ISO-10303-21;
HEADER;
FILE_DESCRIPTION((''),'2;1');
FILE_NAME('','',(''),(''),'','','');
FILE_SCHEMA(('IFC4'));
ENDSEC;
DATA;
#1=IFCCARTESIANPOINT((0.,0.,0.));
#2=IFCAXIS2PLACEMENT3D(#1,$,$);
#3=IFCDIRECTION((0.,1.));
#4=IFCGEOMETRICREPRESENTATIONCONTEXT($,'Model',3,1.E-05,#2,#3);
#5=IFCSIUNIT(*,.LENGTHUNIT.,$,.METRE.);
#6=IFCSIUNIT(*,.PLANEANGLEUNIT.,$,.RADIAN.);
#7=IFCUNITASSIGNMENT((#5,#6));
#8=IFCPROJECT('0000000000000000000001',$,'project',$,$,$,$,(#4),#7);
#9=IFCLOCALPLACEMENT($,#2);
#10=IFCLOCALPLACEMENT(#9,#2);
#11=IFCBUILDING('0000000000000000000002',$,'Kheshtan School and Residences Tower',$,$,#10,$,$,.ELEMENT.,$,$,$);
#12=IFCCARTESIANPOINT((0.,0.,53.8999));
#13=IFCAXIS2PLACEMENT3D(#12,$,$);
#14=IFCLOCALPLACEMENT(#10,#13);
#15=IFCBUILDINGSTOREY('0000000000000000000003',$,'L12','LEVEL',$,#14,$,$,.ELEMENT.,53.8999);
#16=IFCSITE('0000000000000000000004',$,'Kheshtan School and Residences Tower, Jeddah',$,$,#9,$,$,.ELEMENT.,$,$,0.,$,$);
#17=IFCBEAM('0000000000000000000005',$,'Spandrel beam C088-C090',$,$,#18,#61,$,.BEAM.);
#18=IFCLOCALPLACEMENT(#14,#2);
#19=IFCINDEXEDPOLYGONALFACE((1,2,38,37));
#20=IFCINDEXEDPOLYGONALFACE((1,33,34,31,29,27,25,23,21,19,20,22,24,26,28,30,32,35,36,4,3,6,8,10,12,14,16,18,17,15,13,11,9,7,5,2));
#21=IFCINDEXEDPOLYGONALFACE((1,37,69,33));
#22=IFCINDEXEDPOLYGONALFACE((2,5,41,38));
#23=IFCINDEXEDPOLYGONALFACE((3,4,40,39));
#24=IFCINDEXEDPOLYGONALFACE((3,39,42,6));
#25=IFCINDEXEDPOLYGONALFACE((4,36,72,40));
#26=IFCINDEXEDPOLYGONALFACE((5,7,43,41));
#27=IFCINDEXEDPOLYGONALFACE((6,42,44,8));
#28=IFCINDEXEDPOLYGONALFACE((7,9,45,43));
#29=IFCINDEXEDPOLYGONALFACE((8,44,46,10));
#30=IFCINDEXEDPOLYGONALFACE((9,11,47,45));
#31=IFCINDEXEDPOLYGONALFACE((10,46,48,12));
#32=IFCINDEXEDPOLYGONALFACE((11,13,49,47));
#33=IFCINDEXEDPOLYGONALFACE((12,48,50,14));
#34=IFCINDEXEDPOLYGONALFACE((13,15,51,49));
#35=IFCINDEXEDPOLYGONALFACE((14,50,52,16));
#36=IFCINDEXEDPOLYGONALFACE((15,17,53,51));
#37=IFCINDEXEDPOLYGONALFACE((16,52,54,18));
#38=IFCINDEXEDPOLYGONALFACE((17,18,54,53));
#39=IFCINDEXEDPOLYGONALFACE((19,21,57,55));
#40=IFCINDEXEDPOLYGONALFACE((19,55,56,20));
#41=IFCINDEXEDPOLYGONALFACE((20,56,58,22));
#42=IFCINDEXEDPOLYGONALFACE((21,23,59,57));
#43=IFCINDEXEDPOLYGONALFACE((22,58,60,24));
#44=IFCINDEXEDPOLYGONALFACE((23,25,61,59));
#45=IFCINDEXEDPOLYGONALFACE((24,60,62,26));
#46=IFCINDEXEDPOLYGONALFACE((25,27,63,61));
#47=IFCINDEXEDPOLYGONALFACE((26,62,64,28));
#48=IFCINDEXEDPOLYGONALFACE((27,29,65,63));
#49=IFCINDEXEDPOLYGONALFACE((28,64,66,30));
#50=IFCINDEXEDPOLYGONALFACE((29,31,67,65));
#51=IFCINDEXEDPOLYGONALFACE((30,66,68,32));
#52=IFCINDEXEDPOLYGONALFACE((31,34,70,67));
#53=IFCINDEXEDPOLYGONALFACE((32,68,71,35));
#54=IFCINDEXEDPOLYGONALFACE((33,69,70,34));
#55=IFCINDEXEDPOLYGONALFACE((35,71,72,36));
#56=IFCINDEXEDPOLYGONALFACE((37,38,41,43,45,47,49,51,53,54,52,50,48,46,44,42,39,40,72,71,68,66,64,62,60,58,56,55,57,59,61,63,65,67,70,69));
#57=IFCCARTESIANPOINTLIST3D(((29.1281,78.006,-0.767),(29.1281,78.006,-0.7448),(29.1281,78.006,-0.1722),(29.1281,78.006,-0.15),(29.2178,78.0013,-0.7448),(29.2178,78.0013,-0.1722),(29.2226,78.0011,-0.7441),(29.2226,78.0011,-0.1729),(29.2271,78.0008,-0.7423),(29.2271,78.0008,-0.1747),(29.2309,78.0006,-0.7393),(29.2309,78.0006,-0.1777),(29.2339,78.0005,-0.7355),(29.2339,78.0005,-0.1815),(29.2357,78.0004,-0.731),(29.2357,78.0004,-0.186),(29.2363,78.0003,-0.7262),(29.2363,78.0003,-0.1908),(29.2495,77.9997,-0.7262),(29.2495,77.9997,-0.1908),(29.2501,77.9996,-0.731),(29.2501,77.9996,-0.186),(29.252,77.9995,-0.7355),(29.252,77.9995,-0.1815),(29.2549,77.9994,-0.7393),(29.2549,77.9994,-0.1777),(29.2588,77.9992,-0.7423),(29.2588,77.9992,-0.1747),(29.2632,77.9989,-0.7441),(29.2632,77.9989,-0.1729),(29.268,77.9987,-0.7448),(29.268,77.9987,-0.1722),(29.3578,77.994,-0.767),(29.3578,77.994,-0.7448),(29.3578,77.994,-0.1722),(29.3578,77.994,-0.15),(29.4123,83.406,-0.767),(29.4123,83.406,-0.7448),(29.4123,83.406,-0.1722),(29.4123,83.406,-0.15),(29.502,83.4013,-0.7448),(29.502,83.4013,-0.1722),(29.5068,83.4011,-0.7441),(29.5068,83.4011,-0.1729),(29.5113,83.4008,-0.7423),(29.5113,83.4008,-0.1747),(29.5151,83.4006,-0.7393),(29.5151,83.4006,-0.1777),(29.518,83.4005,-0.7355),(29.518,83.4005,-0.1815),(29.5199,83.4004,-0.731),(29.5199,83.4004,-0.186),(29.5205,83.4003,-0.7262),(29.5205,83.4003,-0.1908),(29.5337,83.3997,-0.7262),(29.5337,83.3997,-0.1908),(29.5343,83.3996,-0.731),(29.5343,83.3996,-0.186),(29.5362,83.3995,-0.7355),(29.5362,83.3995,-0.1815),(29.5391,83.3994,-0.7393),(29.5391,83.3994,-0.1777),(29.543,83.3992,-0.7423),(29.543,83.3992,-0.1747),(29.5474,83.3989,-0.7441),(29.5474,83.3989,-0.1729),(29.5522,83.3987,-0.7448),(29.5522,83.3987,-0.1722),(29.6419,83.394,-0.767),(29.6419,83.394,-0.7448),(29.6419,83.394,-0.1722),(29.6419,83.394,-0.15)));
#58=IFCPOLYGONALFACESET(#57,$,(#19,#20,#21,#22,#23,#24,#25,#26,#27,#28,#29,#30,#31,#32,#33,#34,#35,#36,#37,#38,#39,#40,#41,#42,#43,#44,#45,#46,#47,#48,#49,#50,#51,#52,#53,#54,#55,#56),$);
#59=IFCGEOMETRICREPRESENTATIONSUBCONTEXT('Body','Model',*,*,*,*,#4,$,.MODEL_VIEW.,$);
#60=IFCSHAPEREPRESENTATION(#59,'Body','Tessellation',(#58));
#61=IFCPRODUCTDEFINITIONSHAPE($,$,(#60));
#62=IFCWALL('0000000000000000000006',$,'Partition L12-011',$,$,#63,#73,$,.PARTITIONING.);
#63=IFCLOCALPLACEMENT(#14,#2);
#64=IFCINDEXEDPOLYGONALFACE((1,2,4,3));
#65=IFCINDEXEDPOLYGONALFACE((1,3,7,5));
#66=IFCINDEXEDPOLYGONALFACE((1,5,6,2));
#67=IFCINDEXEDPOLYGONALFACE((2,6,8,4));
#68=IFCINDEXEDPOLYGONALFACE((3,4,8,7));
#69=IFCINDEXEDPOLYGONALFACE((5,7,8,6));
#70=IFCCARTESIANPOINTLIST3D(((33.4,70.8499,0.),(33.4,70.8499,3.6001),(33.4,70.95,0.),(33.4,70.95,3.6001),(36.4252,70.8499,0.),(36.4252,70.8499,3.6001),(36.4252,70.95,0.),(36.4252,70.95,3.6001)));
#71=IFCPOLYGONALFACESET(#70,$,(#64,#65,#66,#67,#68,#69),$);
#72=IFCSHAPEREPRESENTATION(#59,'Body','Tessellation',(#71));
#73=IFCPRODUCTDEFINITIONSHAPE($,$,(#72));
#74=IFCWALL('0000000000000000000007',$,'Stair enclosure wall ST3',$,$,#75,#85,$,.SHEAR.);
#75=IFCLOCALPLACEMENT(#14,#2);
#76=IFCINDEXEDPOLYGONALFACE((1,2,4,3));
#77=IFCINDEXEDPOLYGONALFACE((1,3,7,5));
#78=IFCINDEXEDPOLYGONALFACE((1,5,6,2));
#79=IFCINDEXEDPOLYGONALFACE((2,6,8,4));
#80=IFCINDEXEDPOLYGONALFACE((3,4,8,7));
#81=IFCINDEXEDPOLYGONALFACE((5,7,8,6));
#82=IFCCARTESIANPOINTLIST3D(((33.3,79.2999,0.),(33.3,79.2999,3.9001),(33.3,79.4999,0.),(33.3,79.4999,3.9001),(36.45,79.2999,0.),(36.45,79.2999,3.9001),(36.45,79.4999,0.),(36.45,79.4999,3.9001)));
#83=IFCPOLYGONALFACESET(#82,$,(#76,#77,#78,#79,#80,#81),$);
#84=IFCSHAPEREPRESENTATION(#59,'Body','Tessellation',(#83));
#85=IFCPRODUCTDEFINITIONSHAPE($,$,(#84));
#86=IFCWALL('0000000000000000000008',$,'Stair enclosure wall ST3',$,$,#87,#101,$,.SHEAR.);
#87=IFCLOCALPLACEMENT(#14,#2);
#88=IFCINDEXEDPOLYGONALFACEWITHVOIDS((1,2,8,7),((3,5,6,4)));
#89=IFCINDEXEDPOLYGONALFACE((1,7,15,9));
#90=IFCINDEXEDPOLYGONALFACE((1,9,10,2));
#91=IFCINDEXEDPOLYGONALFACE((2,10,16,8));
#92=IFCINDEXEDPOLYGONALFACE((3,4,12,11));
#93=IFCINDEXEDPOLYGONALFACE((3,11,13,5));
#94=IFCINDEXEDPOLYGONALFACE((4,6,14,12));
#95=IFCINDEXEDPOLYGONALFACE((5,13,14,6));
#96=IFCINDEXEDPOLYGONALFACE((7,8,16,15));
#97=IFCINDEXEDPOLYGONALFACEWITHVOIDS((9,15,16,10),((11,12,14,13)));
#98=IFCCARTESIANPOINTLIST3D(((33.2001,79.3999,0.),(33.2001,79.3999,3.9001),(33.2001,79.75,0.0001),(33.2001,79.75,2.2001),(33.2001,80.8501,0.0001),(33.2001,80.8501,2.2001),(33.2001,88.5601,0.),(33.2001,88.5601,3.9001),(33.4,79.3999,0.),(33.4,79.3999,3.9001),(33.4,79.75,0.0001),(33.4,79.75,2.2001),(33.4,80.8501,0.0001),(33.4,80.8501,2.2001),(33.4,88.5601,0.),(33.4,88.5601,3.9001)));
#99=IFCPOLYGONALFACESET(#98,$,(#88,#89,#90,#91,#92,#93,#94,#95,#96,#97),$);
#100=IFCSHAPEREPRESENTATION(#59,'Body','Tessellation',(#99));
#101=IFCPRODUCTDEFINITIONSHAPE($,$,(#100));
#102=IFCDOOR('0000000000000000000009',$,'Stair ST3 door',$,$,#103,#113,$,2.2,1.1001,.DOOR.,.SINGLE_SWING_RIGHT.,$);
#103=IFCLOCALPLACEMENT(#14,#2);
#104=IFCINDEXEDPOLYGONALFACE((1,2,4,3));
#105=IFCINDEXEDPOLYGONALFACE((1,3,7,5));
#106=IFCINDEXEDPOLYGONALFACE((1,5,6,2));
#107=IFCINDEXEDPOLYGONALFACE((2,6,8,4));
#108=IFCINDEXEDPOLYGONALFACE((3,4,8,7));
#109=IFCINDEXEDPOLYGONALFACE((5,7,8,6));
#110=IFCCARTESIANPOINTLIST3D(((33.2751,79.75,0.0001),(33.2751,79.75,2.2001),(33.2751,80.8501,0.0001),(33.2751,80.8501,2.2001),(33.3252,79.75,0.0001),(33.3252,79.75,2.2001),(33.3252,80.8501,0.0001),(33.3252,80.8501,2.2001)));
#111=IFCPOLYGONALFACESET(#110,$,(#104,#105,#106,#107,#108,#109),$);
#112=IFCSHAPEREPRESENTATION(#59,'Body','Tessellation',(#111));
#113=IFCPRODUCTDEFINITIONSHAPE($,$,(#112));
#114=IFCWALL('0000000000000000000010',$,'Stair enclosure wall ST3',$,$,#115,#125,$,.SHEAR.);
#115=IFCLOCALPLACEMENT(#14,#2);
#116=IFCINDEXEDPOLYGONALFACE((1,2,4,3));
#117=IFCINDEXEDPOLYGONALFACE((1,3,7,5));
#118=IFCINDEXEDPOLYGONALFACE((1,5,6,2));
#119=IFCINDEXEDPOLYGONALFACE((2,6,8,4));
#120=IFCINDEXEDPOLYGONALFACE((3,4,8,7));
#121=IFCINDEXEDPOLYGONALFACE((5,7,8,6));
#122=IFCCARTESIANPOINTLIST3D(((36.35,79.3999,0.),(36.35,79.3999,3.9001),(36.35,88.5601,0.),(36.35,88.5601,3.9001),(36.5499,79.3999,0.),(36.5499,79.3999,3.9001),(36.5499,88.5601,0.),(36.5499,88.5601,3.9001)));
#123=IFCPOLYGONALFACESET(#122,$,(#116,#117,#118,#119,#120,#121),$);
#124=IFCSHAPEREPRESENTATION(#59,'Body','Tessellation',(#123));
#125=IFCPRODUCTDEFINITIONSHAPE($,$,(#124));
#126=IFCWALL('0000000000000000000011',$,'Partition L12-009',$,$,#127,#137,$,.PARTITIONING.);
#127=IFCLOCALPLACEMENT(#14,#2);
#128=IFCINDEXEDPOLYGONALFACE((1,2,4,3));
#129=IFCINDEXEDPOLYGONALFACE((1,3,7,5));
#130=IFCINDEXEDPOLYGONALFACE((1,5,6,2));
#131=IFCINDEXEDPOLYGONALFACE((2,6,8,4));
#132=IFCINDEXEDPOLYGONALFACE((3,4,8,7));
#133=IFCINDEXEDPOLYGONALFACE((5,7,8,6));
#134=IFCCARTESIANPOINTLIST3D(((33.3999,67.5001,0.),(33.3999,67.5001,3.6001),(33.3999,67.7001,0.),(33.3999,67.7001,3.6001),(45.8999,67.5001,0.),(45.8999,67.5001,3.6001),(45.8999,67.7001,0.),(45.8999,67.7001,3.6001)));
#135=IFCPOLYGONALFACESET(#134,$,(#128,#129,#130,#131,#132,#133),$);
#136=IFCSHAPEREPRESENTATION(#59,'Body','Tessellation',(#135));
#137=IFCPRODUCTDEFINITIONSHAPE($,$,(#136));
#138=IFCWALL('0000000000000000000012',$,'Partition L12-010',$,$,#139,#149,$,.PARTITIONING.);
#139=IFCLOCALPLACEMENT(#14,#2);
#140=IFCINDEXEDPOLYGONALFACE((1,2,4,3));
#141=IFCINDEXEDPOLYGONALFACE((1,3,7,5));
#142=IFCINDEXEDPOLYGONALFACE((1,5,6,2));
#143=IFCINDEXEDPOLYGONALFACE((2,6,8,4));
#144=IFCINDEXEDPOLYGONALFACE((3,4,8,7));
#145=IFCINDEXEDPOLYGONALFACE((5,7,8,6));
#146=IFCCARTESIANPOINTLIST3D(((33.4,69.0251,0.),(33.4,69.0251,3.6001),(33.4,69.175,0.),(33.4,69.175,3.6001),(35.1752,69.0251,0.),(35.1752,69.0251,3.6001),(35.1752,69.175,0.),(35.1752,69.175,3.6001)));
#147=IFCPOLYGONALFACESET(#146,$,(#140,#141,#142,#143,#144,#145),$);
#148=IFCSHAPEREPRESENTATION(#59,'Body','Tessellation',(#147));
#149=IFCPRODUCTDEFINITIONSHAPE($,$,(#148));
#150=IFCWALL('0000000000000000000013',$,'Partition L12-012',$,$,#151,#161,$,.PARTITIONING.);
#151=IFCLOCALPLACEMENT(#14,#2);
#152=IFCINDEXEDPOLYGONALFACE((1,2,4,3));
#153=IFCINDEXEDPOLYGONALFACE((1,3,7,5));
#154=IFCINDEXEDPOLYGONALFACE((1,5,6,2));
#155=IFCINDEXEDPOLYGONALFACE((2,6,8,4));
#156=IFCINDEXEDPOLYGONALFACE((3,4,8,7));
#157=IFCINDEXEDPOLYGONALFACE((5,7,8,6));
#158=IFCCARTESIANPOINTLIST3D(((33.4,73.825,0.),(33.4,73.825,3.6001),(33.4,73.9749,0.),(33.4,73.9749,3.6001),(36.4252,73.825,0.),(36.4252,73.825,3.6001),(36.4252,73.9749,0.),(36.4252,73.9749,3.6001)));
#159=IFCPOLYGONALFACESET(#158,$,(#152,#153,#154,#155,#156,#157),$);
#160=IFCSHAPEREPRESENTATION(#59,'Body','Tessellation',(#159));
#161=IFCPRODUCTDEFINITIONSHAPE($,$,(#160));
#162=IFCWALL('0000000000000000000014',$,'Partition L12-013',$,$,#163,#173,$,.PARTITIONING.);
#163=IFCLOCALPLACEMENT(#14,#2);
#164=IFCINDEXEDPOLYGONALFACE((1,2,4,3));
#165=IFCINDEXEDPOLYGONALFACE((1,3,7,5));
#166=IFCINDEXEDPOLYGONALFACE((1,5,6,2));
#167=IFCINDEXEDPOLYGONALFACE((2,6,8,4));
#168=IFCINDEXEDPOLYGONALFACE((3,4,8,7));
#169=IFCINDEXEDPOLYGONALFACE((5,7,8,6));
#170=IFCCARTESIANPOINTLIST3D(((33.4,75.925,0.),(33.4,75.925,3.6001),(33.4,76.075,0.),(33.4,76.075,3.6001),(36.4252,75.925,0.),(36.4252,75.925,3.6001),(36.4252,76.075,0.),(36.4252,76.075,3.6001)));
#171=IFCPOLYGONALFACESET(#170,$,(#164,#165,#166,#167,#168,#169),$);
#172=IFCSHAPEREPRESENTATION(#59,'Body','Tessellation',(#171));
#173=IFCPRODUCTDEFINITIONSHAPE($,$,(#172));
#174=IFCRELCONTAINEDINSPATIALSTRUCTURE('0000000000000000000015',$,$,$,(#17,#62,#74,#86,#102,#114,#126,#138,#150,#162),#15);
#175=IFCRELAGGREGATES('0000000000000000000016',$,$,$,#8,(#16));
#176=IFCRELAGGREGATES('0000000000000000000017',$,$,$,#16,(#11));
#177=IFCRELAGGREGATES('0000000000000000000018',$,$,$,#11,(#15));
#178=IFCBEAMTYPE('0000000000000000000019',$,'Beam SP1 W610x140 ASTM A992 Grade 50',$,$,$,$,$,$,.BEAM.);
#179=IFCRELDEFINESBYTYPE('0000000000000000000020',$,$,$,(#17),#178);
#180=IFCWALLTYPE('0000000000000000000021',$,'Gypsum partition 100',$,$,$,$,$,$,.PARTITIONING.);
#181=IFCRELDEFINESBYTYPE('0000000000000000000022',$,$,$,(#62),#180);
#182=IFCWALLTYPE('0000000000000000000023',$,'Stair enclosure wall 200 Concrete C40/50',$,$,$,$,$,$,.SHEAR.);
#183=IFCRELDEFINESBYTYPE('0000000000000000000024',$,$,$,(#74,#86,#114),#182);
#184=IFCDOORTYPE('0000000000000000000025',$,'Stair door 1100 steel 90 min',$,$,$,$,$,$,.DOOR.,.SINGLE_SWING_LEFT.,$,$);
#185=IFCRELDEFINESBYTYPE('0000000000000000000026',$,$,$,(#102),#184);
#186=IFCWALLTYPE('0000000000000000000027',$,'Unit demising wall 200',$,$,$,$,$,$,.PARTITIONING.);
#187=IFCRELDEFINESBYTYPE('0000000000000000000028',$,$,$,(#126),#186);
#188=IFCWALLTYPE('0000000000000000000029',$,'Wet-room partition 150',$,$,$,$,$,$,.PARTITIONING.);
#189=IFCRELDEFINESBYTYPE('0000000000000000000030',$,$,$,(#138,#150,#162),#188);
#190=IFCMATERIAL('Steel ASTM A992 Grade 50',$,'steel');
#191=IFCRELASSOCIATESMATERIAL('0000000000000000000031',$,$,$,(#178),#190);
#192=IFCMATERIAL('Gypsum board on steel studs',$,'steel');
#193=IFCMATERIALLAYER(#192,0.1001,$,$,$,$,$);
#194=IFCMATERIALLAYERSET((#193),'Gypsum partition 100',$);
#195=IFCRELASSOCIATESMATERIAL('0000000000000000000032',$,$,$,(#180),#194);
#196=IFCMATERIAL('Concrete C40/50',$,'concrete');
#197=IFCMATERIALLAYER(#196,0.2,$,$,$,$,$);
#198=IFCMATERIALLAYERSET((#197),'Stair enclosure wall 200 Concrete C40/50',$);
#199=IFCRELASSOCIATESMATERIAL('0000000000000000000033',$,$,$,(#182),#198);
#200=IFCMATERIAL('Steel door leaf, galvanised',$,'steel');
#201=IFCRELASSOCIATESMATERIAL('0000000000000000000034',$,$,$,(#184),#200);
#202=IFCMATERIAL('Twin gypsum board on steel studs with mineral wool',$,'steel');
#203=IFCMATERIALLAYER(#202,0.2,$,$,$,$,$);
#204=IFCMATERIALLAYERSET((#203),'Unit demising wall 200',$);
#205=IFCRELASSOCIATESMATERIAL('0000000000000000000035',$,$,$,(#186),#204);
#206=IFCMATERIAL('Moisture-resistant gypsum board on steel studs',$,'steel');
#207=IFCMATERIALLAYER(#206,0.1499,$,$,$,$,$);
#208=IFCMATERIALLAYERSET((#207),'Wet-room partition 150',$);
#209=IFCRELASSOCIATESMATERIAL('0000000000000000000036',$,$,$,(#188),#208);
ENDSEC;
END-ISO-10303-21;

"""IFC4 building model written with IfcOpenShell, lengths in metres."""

from ifc_helpers import new_model, si_unit, direction, frame, frame_2d, origin, origin_2d, place, context, subcontext, project, spatial, rectangle, i_section, extrude, source, transform, mapped, material, layer, layer_set, material_profile, profile_set, type_object, element, fill, save


model = new_model("IFC4")

# Units and contexts
model_context = context("Model", 3, precision=1e-05, world=origin(), true_north=direction((0.0, 1.0)))
body_context = subcontext(model_context, "Body", "Model", "MODEL_VIEW")
ifc_project = project(units=[si_unit("LENGTHUNIT", "METRE"), si_unit("PLANEANGLEUNIT", "RADIAN")], contexts=[model_context])

# Site, building, storey
site_placement = place(None, origin())
site = spatial("IfcSite", under=ifc_project, at=site_placement, Name="Kheshtan School and Residences Tower, Jeddah", CompositionType="ELEMENT", RefElevation=0.0)
building_placement = place(site_placement, origin())
building = spatial("IfcBuilding", under=site, at=building_placement, Name="Kheshtan School and Residences Tower", CompositionType="ELEMENT")
storey_placement = place(building_placement, frame((0.0, 0.0, 53.8999)))
storey = spatial("IfcBuildingStorey", under=building, at=storey_placement, Name="L12", Description="LEVEL", CompositionType="ELEMENT", Elevation=53.8999)

# Shared definitions
ifc_material_1 = material(Name="Steel ASTM A992 Grade 50", Category="steel")

# Beam
ifc_material_profile_1 = material_profile(ifc_material_1, i_section(OverallWidth=0.23, OverallDepth=0.6169, WebThickness=0.0132, FlangeThickness=0.0222, FilletRadius=0.0186, at=origin_2d()), Name="W610x140")
ifc_profile_set_1 = profile_set([ifc_material_profile_1], Name="Steel ASTM A992 Grade 50")
beam_type_1 = type_object("IfcBeamType", Name="Beam SP1 W610x140 ASTM A992 Grade 50", PredefinedType="BEAM", material=ifc_profile_set_1)
for number, where, z_axis, x_axis, name in (
    (1, (29.2429, 78.0, -0.4585), (0.052554, 0.998618, 0.0), (-0.998618, 0.052554, 0.0), "Spandrel beam C088-C090"),
):
    element("IfcBeam", number, at=place(storey_placement, frame(where, z_axis=z_axis, x_axis=x_axis)), inside=storey, type_object=beam_type_1, Name=name, PredefinedType="BEAM", context=body_context, shape_type="SweptSolid", body=[
        extrude(i_section(OverallWidth=0.23, OverallDepth=0.6169, WebThickness=0.0132, FlangeThickness=0.0222, FilletRadius=0.0186, at=origin_2d()), origin(), (0.0, 0.0, 1.0), 5.4075),
    ])

# Walls
ifc_material_2 = material(Name="Gypsum board on steel studs", Category="steel")
ifc_layer_1 = layer(ifc_material_2, 0.1001)
ifc_layer_set_1 = layer_set([ifc_layer_1], Name="Gypsum partition 100")
wall_type_1 = type_object("IfcWallType", Name="Gypsum partition 100", PredefinedType="PARTITIONING", material=ifc_layer_set_1)
wall_1_placement = place(storey_placement, frame((33.3999, 70.8999, 0.0), z_axis=(0.0, 0.0, 1.0), x_axis=(1.0, 0.0, 0.0)))
element("IfcWall", 2, at=wall_1_placement, inside=storey, type_object=wall_type_1, Name="Partition L12-011", PredefinedType="PARTITIONING", context=body_context, shape_type="SweptSolid", body=[
    extrude(rectangle(XDim=3.0251, YDim=0.1001, at=frame_2d((1.5127, 0.0))), origin(), (0.0, 0.0, 1.0), 3.6001),
])
ifc_material_3 = material(Name="Concrete C40/50", Category="concrete")
ifc_layer_2 = layer(ifc_material_3, 0.2)
ifc_layer_set_2 = layer_set([ifc_layer_2], Name="Stair enclosure wall 200 Concrete C40/50")
wall_type_2 = type_object("IfcWallType", Name="Stair enclosure wall 200 Concrete C40/50", PredefinedType="SHEAR", material=ifc_layer_set_2)
wall_2_placement = place(storey_placement, frame((33.3, 79.3999, 0.0), z_axis=(0.0, 0.0, 1.0), x_axis=(1.0, 0.0, 0.0)))
element("IfcWall", 3, at=wall_2_placement, inside=storey, type_object=wall_type_2, Name="Stair enclosure wall ST3", PredefinedType="SHEAR", context=body_context, shape_type="SweptSolid", body=[
    extrude(rectangle(XDim=3.1499, YDim=0.2, at=frame_2d((1.575, 0.0))), origin(), (0.0, 0.0, 1.0), 3.9001),
])

# Wall, opening, door
wall_3_placement = place(storey_placement, frame((33.3, 79.3999, 0.0), z_axis=(0.0, 0.0, 1.0), x_axis=(0.0, 1.0, 0.0)))
wall_3 = element("IfcWall", 4, at=wall_3_placement, inside=storey, type_object=wall_type_2, Name="Stair enclosure wall ST3", PredefinedType="SHEAR", context=body_context, shape_type="SweptSolid", body=[
    extrude(rectangle(XDim=9.1602, YDim=0.2, at=frame_2d((4.5801, 0.0))), origin(), (0.0, 0.0, 1.0), 3.9001),
])
opening_1_placement = place(wall_3_placement, frame((0.3501, 0.0, 0.0)))
opening_1 = element("IfcOpeningElement", 5, at=opening_1_placement, cuts=wall_3, PredefinedType="OPENING", context=body_context, shape_type="SweptSolid", body=[
    extrude(rectangle(XDim=1.1001, YDim=2.2, at=frame_2d((0.55, 1.1001))), frame((0.0, 0.1099, 0.0), z_axis=(0.0, -1.0, 0.0), x_axis=(1.0, 0.0, 0.0)), (0.0, 0.0, 1.0), 0.22),
])
ifc_material_4 = material(Name="Steel door leaf, galvanised", Category="steel")
door_type_1 = type_object("IfcDoorType", Name="Stair door 1100 steel 90 min", OperationType="SINGLE_SWING_LEFT", PredefinedType="DOOR", material=ifc_material_4)
shared_shape_1 = source(origin(), body_context, "Body", "SweptSolid", [
    extrude(rectangle(XDim=1.1001, YDim=2.2, at=frame_2d((0.55, 1.1001))), frame((0.0, 0.0249, 0.0), z_axis=(0.0, -1.0, 0.0), x_axis=(1.0, 0.0, 0.0)), (0.0, 0.0, 1.0), 0.05),
])
door_1_placement = place(opening_1_placement, origin())
door_1 = element("IfcDoor", 6, at=door_1_placement, inside=storey, type_object=door_type_1, Name="Stair ST3 door", OperationType="SINGLE_SWING_RIGHT", OverallHeight=2.2, OverallWidth=1.1001, PredefinedType="DOOR", context=body_context, shape_type="MappedRepresentation", body=[
    mapped(shared_shape_1, transform((0.0, 0.0, 0.0), x_axis=(1.0, 0.0, 0.0), y_axis=(0.0, 1.0, 0.0), z_axis=(0.0, 0.0, 1.0), scale=1.0)),
])
fill(opening_1, door_1)

# Walls
wall_4_placement = place(storey_placement, frame((36.45, 79.3999, 0.0), z_axis=(0.0, 0.0, 1.0), x_axis=(0.0, 1.0, 0.0)))
element("IfcWall", 7, at=wall_4_placement, inside=storey, type_object=wall_type_2, Name="Stair enclosure wall ST3", PredefinedType="SHEAR", context=body_context, shape_type="SweptSolid", body=[
    extrude(rectangle(XDim=9.1602, YDim=0.2, at=frame_2d((4.5801, 0.0))), origin(), (0.0, 0.0, 1.0), 3.9001),
])
ifc_material_5 = material(Name="Twin gypsum board on steel studs with mineral wool", Category="steel")
ifc_layer_3 = layer(ifc_material_5, 0.2)
ifc_layer_set_3 = layer_set([ifc_layer_3], Name="Unit demising wall 200")
wall_type_3 = type_object("IfcWallType", Name="Unit demising wall 200", PredefinedType="PARTITIONING", material=ifc_layer_set_3)
wall_5_placement = place(storey_placement, frame((33.3999, 67.6001, 0.0), z_axis=(0.0, 0.0, 1.0), x_axis=(1.0, 0.0, 0.0)))
element("IfcWall", 8, at=wall_5_placement, inside=storey, type_object=wall_type_3, Name="Partition L12-009", PredefinedType="PARTITIONING", context=body_context, shape_type="SweptSolid", body=[
    extrude(rectangle(XDim=12.5, YDim=0.2, at=frame_2d((6.25, 0.0))), origin(), (0.0, 0.0, 1.0), 3.6001),
])
ifc_material_6 = material(Name="Moisture-resistant gypsum board on steel studs", Category="steel")
ifc_layer_4 = layer(ifc_material_6, 0.1499)
ifc_layer_set_4 = layer_set([ifc_layer_4], Name="Wet-room partition 150")
wall_type_4 = type_object("IfcWallType", Name="Wet-room partition 150", PredefinedType="PARTITIONING", material=ifc_layer_set_4)
wall_6_placement = place(storey_placement, frame((33.3999, 69.1001, 0.0), z_axis=(0.0, 0.0, 1.0), x_axis=(1.0, 0.0, 0.0)))
element("IfcWall", 9, at=wall_6_placement, inside=storey, type_object=wall_type_4, Name="Partition L12-010", PredefinedType="PARTITIONING", context=body_context, shape_type="SweptSolid", body=[
    extrude(rectangle(XDim=1.7751, YDim=0.1499, at=frame_2d((0.8877, 0.0))), origin(), (0.0, 0.0, 1.0), 3.6001),
])
for number, where, z_axis, x_axis, name in (
    (10, (33.3999, 73.8999, 0.0), (0.0, 0.0, 1.0), (1.0, 0.0, 0.0), "Partition L12-012"),
    (11, (33.3999, 76.0, 0.0), (0.0, 0.0, 1.0), (1.0, 0.0, 0.0), "Partition L12-013"),
):
    element("IfcWall", number, at=place(storey_placement, frame(where, z_axis=z_axis, x_axis=x_axis)), inside=storey, type_object=wall_type_4, Name=name, PredefinedType="PARTITIONING", context=body_context, shape_type="SweptSolid", body=[
        extrude(rectangle(XDim=3.0251, YDim=0.1499, at=frame_2d((1.5127, 0.0))), origin(), (0.0, 0.0, 1.0), 3.6001),
    ])

save(model, "model.ifc")
